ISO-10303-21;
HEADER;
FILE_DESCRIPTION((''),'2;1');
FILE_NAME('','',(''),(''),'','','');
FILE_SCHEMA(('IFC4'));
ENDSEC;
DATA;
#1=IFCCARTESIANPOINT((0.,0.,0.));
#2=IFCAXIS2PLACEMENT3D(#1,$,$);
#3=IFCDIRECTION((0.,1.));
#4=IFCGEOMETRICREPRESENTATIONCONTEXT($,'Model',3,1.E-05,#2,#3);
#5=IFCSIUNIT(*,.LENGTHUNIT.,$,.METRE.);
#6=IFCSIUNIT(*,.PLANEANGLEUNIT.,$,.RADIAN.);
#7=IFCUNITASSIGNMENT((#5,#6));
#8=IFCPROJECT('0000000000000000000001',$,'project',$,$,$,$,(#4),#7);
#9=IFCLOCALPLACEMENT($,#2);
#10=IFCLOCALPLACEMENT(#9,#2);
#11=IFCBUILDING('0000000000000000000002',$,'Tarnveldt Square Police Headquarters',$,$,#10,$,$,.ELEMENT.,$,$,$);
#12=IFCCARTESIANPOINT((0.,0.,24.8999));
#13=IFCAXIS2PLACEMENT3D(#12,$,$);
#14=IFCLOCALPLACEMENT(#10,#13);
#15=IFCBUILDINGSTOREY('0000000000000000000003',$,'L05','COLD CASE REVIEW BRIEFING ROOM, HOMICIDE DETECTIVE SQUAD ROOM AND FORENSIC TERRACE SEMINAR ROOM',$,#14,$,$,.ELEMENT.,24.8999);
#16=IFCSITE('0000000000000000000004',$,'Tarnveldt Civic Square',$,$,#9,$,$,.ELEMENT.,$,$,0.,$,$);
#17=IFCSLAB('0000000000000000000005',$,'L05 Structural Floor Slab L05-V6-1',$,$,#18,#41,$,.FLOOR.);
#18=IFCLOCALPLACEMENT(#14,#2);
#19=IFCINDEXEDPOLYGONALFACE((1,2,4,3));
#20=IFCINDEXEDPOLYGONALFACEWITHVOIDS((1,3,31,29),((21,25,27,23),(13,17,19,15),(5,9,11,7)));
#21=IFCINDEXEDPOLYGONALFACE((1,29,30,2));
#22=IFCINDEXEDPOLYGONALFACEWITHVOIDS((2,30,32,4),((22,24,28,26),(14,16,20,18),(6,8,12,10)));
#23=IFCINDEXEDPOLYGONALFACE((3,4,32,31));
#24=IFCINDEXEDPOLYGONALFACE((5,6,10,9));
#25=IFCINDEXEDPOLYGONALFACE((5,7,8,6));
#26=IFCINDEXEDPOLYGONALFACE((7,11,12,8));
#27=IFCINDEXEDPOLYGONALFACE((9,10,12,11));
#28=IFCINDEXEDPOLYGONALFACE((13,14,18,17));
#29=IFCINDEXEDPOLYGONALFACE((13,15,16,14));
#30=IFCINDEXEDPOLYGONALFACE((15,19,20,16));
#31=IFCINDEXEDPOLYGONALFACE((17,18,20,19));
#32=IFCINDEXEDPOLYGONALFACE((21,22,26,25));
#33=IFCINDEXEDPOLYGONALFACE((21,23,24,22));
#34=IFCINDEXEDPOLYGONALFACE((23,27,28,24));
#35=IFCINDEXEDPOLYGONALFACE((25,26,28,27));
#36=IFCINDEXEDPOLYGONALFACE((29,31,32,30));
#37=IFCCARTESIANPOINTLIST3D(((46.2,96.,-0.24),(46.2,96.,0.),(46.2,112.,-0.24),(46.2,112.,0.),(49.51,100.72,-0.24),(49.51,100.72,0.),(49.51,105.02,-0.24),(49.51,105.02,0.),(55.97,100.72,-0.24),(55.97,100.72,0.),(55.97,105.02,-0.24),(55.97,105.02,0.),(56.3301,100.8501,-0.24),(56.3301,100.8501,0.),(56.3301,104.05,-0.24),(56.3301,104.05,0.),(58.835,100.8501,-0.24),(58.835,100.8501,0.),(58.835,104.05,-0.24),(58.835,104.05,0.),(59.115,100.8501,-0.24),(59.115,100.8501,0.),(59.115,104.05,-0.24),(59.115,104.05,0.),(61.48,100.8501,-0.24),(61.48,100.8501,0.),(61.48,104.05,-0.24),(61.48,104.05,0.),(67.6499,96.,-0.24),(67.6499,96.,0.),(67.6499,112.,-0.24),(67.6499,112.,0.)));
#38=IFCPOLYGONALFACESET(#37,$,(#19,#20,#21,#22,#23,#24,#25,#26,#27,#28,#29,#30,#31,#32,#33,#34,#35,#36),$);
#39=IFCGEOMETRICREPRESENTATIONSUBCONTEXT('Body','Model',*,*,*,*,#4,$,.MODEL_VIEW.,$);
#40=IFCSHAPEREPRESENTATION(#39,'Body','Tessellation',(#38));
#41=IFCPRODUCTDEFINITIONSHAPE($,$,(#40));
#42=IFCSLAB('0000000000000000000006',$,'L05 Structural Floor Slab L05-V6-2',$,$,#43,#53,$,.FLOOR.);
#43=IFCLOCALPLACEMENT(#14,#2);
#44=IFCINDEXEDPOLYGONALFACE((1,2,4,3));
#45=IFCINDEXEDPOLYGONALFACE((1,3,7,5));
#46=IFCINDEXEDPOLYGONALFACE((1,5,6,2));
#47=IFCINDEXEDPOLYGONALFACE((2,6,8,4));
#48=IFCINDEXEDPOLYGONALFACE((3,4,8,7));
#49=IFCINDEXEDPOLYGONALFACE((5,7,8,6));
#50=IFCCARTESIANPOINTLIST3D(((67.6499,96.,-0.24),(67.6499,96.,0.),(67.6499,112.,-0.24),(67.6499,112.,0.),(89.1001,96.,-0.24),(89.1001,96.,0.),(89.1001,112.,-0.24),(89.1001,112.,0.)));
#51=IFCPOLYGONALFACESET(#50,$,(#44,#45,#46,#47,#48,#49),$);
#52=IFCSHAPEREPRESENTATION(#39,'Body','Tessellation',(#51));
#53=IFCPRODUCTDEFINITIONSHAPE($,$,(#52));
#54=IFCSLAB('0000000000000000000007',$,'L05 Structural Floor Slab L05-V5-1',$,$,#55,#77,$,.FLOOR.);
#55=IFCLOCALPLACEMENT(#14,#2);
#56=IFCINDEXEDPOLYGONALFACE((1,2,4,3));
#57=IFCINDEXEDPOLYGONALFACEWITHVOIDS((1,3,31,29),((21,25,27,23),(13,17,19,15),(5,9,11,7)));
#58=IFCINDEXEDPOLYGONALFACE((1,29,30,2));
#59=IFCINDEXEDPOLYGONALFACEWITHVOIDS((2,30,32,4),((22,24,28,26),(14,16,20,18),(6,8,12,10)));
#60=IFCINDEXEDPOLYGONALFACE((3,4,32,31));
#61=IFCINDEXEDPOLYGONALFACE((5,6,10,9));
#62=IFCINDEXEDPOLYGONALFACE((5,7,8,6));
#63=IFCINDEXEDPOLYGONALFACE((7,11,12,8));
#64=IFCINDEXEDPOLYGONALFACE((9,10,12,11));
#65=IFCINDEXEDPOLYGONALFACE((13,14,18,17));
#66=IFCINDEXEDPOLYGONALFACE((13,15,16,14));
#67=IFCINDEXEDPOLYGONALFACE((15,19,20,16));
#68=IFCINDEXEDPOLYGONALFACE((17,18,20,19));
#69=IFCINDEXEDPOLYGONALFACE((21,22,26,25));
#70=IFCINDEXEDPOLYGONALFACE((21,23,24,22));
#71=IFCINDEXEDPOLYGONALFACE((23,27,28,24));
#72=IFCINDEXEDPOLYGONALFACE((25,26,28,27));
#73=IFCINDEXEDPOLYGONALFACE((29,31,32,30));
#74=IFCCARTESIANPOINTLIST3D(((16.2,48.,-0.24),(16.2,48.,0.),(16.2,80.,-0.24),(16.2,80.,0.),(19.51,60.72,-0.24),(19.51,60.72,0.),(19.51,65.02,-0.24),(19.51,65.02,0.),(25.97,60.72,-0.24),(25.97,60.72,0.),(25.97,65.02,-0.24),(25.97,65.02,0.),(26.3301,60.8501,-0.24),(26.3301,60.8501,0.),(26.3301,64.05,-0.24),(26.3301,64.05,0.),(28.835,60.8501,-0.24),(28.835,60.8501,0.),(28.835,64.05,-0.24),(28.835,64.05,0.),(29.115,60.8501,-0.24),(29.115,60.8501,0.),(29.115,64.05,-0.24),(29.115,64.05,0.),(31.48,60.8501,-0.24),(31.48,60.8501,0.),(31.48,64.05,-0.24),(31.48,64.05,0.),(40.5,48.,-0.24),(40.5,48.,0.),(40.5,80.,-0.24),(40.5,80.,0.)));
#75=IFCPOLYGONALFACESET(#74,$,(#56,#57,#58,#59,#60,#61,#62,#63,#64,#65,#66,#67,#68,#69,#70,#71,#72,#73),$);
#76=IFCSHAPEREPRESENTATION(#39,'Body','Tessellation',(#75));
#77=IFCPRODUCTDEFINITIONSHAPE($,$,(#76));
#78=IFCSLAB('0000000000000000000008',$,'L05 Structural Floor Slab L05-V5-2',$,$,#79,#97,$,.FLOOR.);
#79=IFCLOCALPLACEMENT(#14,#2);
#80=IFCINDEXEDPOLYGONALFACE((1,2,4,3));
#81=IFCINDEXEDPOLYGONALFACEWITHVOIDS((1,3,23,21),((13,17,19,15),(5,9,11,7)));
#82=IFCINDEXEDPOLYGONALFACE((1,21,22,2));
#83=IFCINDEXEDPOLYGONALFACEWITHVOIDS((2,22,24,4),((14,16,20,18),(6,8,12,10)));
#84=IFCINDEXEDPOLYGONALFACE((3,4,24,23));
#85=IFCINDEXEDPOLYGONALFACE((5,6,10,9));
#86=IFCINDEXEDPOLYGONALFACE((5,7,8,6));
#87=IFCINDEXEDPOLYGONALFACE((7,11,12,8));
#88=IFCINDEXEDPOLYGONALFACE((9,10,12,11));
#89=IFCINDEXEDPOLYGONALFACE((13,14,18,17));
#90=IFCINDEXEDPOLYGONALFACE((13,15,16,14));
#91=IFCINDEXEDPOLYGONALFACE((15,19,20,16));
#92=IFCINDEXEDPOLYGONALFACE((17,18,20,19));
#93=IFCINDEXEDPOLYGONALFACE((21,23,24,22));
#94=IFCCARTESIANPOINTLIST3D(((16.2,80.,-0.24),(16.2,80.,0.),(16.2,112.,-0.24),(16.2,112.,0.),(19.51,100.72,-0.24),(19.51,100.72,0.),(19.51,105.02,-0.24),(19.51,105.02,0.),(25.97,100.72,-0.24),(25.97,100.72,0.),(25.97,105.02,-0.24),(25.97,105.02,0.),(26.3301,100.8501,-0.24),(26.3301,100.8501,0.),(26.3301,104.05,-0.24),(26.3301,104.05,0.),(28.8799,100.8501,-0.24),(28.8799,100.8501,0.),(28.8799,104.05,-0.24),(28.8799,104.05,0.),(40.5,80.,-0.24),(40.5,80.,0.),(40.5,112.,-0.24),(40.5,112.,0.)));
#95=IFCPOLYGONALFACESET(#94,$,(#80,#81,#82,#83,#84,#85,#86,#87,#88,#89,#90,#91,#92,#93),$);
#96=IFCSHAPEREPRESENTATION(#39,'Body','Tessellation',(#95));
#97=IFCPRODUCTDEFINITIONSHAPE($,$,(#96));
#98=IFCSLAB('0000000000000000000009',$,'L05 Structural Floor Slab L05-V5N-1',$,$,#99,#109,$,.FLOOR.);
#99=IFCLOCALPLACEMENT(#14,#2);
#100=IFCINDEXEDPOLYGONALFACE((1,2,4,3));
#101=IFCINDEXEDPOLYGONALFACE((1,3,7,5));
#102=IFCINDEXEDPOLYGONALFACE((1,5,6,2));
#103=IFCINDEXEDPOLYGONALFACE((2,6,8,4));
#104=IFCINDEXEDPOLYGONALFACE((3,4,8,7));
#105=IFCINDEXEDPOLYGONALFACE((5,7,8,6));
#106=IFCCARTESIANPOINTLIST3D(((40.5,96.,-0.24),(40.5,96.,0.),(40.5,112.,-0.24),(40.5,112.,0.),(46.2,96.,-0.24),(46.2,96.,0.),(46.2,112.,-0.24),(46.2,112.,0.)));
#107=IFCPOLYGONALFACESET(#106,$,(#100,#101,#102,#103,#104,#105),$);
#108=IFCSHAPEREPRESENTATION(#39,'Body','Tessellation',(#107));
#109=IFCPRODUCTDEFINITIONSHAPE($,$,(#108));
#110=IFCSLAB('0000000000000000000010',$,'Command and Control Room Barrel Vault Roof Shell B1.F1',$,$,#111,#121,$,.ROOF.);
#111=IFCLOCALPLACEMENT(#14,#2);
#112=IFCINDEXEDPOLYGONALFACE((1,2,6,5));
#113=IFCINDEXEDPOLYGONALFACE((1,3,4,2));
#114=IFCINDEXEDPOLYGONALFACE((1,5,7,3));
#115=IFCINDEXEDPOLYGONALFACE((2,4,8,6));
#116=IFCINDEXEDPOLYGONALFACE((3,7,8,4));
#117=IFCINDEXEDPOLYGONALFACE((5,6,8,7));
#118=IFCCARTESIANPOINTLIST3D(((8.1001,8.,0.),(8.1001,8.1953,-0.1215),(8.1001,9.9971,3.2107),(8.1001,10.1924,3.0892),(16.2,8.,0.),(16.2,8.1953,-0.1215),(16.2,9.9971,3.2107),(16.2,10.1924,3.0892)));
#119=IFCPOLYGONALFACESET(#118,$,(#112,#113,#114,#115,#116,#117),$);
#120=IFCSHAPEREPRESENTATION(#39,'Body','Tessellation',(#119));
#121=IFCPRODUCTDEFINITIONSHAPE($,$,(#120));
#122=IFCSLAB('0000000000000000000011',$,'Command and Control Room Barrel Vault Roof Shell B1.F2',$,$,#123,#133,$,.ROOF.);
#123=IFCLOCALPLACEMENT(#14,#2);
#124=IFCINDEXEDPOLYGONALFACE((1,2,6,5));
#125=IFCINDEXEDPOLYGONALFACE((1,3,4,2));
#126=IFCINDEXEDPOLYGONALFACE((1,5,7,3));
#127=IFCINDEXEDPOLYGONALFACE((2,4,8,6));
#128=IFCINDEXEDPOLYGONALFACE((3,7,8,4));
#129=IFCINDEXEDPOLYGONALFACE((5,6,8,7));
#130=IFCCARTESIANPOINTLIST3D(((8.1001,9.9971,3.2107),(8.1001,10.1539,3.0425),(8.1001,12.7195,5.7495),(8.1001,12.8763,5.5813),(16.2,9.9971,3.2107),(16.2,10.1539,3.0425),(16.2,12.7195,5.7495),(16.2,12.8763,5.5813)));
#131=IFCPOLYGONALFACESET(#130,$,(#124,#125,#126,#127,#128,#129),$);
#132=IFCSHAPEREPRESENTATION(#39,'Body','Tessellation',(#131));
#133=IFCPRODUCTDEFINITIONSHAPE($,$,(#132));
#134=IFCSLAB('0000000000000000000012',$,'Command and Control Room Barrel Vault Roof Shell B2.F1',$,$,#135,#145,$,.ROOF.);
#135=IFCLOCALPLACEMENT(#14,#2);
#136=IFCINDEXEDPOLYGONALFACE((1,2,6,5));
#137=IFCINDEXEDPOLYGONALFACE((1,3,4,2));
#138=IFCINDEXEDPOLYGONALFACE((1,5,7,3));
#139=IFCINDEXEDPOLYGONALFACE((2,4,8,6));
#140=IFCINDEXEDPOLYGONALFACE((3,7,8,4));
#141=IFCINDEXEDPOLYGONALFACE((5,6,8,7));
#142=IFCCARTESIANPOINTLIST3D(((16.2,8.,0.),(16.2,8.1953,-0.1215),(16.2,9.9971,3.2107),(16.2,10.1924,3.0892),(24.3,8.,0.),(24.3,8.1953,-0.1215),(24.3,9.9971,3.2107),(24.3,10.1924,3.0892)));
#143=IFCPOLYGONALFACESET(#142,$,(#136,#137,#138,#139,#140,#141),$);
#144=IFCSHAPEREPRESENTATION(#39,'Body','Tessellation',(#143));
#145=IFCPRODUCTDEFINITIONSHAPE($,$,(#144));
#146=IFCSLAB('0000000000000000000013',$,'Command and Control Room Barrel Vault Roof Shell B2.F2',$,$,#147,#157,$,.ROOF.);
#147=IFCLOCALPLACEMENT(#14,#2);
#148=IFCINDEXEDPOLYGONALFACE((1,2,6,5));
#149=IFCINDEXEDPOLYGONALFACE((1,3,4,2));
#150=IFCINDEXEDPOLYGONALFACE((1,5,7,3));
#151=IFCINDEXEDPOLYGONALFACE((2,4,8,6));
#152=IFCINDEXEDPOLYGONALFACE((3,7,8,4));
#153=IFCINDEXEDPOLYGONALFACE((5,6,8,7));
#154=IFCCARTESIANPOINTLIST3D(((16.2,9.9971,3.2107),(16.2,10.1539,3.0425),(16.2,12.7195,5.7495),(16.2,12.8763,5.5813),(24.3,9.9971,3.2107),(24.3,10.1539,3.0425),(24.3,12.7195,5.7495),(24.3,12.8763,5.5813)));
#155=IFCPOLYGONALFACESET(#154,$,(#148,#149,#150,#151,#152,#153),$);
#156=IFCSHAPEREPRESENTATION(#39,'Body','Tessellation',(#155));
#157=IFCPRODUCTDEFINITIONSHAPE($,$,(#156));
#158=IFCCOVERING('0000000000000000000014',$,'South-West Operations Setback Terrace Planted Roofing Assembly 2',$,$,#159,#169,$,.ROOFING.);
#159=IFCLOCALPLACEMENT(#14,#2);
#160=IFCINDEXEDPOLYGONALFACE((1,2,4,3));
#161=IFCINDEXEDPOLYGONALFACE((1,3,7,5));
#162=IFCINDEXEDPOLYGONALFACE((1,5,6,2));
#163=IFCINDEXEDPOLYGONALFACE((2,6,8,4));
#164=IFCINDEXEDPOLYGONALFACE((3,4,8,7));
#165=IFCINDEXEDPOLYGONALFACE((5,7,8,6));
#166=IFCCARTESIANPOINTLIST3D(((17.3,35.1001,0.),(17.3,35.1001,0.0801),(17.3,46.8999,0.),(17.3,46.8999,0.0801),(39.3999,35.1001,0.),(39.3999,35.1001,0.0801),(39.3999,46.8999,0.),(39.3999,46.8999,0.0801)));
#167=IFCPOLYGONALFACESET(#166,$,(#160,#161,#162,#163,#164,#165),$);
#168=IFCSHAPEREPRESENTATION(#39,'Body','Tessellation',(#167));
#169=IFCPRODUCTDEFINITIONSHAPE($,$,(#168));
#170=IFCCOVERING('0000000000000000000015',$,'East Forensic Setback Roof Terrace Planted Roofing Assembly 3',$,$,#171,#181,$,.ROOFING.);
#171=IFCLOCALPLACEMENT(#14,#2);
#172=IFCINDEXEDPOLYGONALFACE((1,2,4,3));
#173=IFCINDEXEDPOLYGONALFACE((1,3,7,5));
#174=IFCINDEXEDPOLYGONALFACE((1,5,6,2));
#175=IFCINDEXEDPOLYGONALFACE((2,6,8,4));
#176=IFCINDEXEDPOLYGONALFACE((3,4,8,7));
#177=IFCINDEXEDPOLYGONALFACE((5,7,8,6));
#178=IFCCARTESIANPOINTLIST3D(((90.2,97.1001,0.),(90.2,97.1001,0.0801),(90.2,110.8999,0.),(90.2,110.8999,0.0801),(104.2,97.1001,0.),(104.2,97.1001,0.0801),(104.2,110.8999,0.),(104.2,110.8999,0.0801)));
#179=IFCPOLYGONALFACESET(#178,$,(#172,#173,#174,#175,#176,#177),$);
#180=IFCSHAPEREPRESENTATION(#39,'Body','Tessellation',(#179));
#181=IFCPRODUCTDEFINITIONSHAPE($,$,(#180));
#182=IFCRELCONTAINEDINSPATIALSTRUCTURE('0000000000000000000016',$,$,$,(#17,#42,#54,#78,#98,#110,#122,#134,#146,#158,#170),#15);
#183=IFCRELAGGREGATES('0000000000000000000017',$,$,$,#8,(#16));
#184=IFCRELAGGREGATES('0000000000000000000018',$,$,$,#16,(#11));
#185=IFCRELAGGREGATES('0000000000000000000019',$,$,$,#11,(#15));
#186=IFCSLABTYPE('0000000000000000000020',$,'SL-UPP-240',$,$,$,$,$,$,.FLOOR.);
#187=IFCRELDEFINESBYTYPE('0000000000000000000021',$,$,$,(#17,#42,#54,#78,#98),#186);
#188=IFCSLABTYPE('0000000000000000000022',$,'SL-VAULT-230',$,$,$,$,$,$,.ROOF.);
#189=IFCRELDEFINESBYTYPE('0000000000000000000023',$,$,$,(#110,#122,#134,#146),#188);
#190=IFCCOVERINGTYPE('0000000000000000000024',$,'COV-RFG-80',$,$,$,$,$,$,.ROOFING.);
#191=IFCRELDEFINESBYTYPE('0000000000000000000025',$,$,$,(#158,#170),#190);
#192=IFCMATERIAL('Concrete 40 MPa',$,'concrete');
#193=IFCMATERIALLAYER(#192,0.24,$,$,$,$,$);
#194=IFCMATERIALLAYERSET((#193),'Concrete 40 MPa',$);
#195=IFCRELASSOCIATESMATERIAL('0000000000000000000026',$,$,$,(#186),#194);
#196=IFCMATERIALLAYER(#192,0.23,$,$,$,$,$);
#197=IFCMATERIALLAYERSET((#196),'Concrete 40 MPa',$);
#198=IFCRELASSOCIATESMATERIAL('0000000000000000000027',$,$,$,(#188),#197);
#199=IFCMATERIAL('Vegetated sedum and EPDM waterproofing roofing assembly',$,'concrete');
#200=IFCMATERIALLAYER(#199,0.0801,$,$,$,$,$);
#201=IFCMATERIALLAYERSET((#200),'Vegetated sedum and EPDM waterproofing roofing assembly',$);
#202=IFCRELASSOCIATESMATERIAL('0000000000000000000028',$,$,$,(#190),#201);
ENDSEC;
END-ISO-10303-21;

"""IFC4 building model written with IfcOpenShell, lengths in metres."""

from ifc_helpers import new_model, si_unit, direction, frame, origin, place, context, subcontext, project, spatial, polyline, outline, extrude, material, layer, layer_set, type_object, element, save


model = new_model("IFC4")

# Units and contexts
model_context = context("Model", 3, precision=1e-05, world=origin(), true_north=direction((0.0, 1.0)))
body_context = subcontext(model_context, "Body", "Model", "MODEL_VIEW")
ifc_project = project(units=[si_unit("LENGTHUNIT", "METRE"), si_unit("PLANEANGLEUNIT", "RADIAN")], contexts=[model_context])

# Site, building, storey
site_placement = place(None, origin())
site = spatial("IfcSite", under=ifc_project, at=site_placement, Name="Tarnveldt Civic Square", CompositionType="ELEMENT", RefElevation=0.0)
building_placement = place(site_placement, origin())
building = spatial("IfcBuilding", under=site, at=building_placement, Name="Tarnveldt Square Police Headquarters", CompositionType="ELEMENT")
storey_placement = place(building_placement, frame((0.0, 0.0, 24.8999)))
storey = spatial("IfcBuildingStorey", under=building, at=storey_placement, Name="L05", Description="COLD CASE REVIEW BRIEFING ROOM, HOMICIDE DETECTIVE SQUAD ROOM AND FORENSIC TERRACE SEMINAR ROOM", CompositionType="ELEMENT", Elevation=24.8999)

# Shared definitions
ifc_material_1 = material(Name="Concrete 40 MPa", Category="concrete")

# Slabs
ifc_layer_1 = layer(ifc_material_1, 0.24)
ifc_layer_set_1 = layer_set([ifc_layer_1], Name="Concrete 40 MPa")
slab_type_1 = type_object("IfcSlabType", Name="SL-UPP-240", PredefinedType="FLOOR", material=ifc_layer_set_1)
slab_1_placement = place(storey_placement, frame((0.0, 0.0, -0.24)))
element("IfcSlab", 1, at=slab_1_placement, inside=storey, type_object=slab_type_1, Name="L05 Structural Floor Slab L05-V6-1", PredefinedType="FLOOR", context=body_context, shape_type="SweptSolid", body=[
    extrude(outline(polyline([(67.6499, 112.0), (67.6499, 96.0), (46.2, 96.0), (46.2, 112.0), (67.6499, 112.0)]), holes=[polyline([(56.3301, 100.8501), (58.835, 100.8501), (58.835, 104.05), (56.3301, 104.05), (56.3301, 100.8501)]), polyline([(59.115, 100.8501), (61.48, 100.8501), (61.48, 104.05), (59.115, 104.05), (59.115, 100.8501)]), polyline([(49.51, 100.72), (55.97, 100.72), (55.97, 105.02), (49.51, 105.02), (49.51, 100.72)])]), origin(), (0.0, 0.0, 1.0), 0.24),
])
slab_2_placement = place(storey_placement, frame((0.0, 0.0, -0.24)))
element("IfcSlab", 2, at=slab_2_placement, inside=storey, type_object=slab_type_1, Name="L05 Structural Floor Slab L05-V6-2", PredefinedType="FLOOR", context=body_context, shape_type="SweptSolid", body=[
    extrude(outline(polyline([(89.1001, 112.0), (89.1001, 96.0), (67.6499, 96.0), (67.6499, 112.0), (89.1001, 112.0)])), origin(), (0.0, 0.0, 1.0), 0.24),
])
slab_3_placement = place(storey_placement, frame((0.0, 0.0, -0.24)))
element("IfcSlab", 3, at=slab_3_placement, inside=storey, type_object=slab_type_1, Name="L05 Structural Floor Slab L05-V5-1", PredefinedType="FLOOR", context=body_context, shape_type="SweptSolid", body=[
    extrude(outline(polyline([(40.5, 48.0), (16.2, 48.0), (16.2, 80.0), (40.5, 80.0), (40.5, 48.0)]), holes=[polyline([(26.3301, 60.8501), (28.835, 60.8501), (28.835, 64.05), (26.3301, 64.05), (26.3301, 60.8501)]), polyline([(29.115, 60.8501), (31.48, 60.8501), (31.48, 64.05), (29.115, 64.05), (29.115, 60.8501)]), polyline([(19.51, 60.72), (25.97, 60.72), (25.97, 65.02), (19.51, 65.02), (19.51, 60.72)])]), origin(), (0.0, 0.0, 1.0), 0.24),
])
slab_4_placement = place(storey_placement, frame((0.0, 0.0, -0.24)))
element("IfcSlab", 4, at=slab_4_placement, inside=storey, type_object=slab_type_1, Name="L05 Structural Floor Slab L05-V5-2", PredefinedType="FLOOR", context=body_context, shape_type="SweptSolid", body=[
    extrude(outline(polyline([(40.5, 112.0), (40.5, 80.0), (16.2, 80.0), (16.2, 112.0), (40.5, 112.0)]), holes=[polyline([(26.3301, 100.8501), (28.8799, 100.8501), (28.8799, 104.05), (26.3301, 104.05), (26.3301, 100.8501)]), polyline([(19.51, 100.72), (25.97, 100.72), (25.97, 105.02), (19.51, 105.02), (19.51, 100.72)])]), origin(), (0.0, 0.0, 1.0), 0.24),
])
slab_5_placement = place(storey_placement, frame((0.0, 0.0, -0.24)))
element("IfcSlab", 5, at=slab_5_placement, inside=storey, type_object=slab_type_1, Name="L05 Structural Floor Slab L05-V5N-1", PredefinedType="FLOOR", context=body_context, shape_type="SweptSolid", body=[
    extrude(outline(polyline([(40.5, 96.0), (40.5, 112.0), (46.2, 112.0), (46.2, 96.0), (40.5, 96.0)])), origin(), (0.0, 0.0, 1.0), 0.24),
])
ifc_layer_2 = layer(ifc_material_1, 0.23)
ifc_layer_set_2 = layer_set([ifc_layer_2], Name="Concrete 40 MPa")
slab_type_2 = type_object("IfcSlabType", Name="SL-VAULT-230", PredefinedType="ROOF", material=ifc_layer_set_2)
slab_6_placement = place(storey_placement, frame((8.1001, 8.0, 0.0), z_axis=(0.0, -0.849139, 0.528169), x_axis=(1.0, 0.0, 0.0)))
element("IfcSlab", 6, at=slab_6_placement, inside=storey, type_object=slab_type_2, Name="Command and Control Room Barrel Vault Roof Shell B1.F1", PredefinedType="ROOF", context=body_context, shape_type="SweptSolid", body=[
    extrude(outline(polyline([(0.0, 0.0), (8.0999, 0.0), (8.0999, 3.7811), (0.0, 3.7811), (0.0, 0.0)])), origin(), (0.0, 0.0, -1.0), 0.23),
])
slab_7_placement = place(storey_placement, frame((8.1001, 9.9971, 3.2107), z_axis=(0.0, -0.682017, 0.731337), x_axis=(1.0, 0.0, 0.0)))
element("IfcSlab", 7, at=slab_7_placement, inside=storey, type_object=slab_type_2, Name="Command and Control Room Barrel Vault Roof Shell B1.F2", PredefinedType="ROOF", context=body_context, shape_type="SweptSolid", body=[
    extrude(outline(polyline([(0.0, 0.0), (8.0999, 0.0), (8.0999, 3.7225), (0.0, 3.7225), (0.0, 0.0)])), origin(), (0.0, 0.0, -1.0), 0.23),
])
slab_8_placement = place(storey_placement, frame((16.2, 8.0, 0.0), z_axis=(0.0, -0.849139, 0.528169), x_axis=(1.0, 0.0, 0.0)))
element("IfcSlab", 8, at=slab_8_placement, inside=storey, type_object=slab_type_2, Name="Command and Control Room Barrel Vault Roof Shell B2.F1", PredefinedType="ROOF", context=body_context, shape_type="SweptSolid", body=[
    extrude(outline(polyline([(0.0, 0.0), (8.1001, 0.0), (8.1001, 3.7811), (0.0, 3.7811), (0.0, 0.0)])), origin(), (0.0, 0.0, -1.0), 0.23),
])
slab_9_placement = place(storey_placement, frame((16.2, 9.9971, 3.2107), z_axis=(0.0, -0.682017, 0.731337), x_axis=(1.0, 0.0, 0.0)))
element("IfcSlab", 9, at=slab_9_placement, inside=storey, type_object=slab_type_2, Name="Command and Control Room Barrel Vault Roof Shell B2.F2", PredefinedType="ROOF", context=body_context, shape_type="SweptSolid", body=[
    extrude(outline(polyline([(0.0, 0.0), (8.1001, 0.0), (8.1001, 3.7225), (0.0, 3.7225), (0.0, 0.0)])), origin(), (0.0, 0.0, -1.0), 0.23),
])

# Coverings
ifc_material_2 = material(Name="Vegetated sedum and EPDM waterproofing roofing assembly", Category="concrete")
ifc_layer_3 = layer(ifc_material_2, 0.0801)
ifc_layer_set_3 = layer_set([ifc_layer_3], Name="Vegetated sedum and EPDM waterproofing roofing assembly")
covering_type = type_object("IfcCoveringType", Name="COV-RFG-80", PredefinedType="ROOFING", material=ifc_layer_set_3)
covering_1_placement = place(storey_placement, origin())
element("IfcCovering", 10, at=covering_1_placement, inside=storey, type_object=covering_type, Name="South-West Operations Setback Terrace Planted Roofing Assembly 2", PredefinedType="ROOFING", context=body_context, shape_type="SweptSolid", body=[
    extrude(outline(polyline([(39.3999, 35.1001), (39.3999, 46.8999), (17.3, 46.8999), (17.3, 35.1001), (39.3999, 35.1001)])), origin(), (0.0, 0.0, 1.0), 0.0801),
])
covering_2_placement = place(storey_placement, origin())
element("IfcCovering", 11, at=covering_2_placement, inside=storey, type_object=covering_type, Name="East Forensic Setback Roof Terrace Planted Roofing Assembly 3", PredefinedType="ROOFING", context=body_context, shape_type="SweptSolid", body=[
    extrude(outline(polyline([(104.2, 97.1001), (104.2, 110.8999), (90.2, 110.8999), (90.2, 97.1001), (104.2, 97.1001)])), origin(), (0.0, 0.0, 1.0), 0.0801),
])

save(model, "model.ifc")
